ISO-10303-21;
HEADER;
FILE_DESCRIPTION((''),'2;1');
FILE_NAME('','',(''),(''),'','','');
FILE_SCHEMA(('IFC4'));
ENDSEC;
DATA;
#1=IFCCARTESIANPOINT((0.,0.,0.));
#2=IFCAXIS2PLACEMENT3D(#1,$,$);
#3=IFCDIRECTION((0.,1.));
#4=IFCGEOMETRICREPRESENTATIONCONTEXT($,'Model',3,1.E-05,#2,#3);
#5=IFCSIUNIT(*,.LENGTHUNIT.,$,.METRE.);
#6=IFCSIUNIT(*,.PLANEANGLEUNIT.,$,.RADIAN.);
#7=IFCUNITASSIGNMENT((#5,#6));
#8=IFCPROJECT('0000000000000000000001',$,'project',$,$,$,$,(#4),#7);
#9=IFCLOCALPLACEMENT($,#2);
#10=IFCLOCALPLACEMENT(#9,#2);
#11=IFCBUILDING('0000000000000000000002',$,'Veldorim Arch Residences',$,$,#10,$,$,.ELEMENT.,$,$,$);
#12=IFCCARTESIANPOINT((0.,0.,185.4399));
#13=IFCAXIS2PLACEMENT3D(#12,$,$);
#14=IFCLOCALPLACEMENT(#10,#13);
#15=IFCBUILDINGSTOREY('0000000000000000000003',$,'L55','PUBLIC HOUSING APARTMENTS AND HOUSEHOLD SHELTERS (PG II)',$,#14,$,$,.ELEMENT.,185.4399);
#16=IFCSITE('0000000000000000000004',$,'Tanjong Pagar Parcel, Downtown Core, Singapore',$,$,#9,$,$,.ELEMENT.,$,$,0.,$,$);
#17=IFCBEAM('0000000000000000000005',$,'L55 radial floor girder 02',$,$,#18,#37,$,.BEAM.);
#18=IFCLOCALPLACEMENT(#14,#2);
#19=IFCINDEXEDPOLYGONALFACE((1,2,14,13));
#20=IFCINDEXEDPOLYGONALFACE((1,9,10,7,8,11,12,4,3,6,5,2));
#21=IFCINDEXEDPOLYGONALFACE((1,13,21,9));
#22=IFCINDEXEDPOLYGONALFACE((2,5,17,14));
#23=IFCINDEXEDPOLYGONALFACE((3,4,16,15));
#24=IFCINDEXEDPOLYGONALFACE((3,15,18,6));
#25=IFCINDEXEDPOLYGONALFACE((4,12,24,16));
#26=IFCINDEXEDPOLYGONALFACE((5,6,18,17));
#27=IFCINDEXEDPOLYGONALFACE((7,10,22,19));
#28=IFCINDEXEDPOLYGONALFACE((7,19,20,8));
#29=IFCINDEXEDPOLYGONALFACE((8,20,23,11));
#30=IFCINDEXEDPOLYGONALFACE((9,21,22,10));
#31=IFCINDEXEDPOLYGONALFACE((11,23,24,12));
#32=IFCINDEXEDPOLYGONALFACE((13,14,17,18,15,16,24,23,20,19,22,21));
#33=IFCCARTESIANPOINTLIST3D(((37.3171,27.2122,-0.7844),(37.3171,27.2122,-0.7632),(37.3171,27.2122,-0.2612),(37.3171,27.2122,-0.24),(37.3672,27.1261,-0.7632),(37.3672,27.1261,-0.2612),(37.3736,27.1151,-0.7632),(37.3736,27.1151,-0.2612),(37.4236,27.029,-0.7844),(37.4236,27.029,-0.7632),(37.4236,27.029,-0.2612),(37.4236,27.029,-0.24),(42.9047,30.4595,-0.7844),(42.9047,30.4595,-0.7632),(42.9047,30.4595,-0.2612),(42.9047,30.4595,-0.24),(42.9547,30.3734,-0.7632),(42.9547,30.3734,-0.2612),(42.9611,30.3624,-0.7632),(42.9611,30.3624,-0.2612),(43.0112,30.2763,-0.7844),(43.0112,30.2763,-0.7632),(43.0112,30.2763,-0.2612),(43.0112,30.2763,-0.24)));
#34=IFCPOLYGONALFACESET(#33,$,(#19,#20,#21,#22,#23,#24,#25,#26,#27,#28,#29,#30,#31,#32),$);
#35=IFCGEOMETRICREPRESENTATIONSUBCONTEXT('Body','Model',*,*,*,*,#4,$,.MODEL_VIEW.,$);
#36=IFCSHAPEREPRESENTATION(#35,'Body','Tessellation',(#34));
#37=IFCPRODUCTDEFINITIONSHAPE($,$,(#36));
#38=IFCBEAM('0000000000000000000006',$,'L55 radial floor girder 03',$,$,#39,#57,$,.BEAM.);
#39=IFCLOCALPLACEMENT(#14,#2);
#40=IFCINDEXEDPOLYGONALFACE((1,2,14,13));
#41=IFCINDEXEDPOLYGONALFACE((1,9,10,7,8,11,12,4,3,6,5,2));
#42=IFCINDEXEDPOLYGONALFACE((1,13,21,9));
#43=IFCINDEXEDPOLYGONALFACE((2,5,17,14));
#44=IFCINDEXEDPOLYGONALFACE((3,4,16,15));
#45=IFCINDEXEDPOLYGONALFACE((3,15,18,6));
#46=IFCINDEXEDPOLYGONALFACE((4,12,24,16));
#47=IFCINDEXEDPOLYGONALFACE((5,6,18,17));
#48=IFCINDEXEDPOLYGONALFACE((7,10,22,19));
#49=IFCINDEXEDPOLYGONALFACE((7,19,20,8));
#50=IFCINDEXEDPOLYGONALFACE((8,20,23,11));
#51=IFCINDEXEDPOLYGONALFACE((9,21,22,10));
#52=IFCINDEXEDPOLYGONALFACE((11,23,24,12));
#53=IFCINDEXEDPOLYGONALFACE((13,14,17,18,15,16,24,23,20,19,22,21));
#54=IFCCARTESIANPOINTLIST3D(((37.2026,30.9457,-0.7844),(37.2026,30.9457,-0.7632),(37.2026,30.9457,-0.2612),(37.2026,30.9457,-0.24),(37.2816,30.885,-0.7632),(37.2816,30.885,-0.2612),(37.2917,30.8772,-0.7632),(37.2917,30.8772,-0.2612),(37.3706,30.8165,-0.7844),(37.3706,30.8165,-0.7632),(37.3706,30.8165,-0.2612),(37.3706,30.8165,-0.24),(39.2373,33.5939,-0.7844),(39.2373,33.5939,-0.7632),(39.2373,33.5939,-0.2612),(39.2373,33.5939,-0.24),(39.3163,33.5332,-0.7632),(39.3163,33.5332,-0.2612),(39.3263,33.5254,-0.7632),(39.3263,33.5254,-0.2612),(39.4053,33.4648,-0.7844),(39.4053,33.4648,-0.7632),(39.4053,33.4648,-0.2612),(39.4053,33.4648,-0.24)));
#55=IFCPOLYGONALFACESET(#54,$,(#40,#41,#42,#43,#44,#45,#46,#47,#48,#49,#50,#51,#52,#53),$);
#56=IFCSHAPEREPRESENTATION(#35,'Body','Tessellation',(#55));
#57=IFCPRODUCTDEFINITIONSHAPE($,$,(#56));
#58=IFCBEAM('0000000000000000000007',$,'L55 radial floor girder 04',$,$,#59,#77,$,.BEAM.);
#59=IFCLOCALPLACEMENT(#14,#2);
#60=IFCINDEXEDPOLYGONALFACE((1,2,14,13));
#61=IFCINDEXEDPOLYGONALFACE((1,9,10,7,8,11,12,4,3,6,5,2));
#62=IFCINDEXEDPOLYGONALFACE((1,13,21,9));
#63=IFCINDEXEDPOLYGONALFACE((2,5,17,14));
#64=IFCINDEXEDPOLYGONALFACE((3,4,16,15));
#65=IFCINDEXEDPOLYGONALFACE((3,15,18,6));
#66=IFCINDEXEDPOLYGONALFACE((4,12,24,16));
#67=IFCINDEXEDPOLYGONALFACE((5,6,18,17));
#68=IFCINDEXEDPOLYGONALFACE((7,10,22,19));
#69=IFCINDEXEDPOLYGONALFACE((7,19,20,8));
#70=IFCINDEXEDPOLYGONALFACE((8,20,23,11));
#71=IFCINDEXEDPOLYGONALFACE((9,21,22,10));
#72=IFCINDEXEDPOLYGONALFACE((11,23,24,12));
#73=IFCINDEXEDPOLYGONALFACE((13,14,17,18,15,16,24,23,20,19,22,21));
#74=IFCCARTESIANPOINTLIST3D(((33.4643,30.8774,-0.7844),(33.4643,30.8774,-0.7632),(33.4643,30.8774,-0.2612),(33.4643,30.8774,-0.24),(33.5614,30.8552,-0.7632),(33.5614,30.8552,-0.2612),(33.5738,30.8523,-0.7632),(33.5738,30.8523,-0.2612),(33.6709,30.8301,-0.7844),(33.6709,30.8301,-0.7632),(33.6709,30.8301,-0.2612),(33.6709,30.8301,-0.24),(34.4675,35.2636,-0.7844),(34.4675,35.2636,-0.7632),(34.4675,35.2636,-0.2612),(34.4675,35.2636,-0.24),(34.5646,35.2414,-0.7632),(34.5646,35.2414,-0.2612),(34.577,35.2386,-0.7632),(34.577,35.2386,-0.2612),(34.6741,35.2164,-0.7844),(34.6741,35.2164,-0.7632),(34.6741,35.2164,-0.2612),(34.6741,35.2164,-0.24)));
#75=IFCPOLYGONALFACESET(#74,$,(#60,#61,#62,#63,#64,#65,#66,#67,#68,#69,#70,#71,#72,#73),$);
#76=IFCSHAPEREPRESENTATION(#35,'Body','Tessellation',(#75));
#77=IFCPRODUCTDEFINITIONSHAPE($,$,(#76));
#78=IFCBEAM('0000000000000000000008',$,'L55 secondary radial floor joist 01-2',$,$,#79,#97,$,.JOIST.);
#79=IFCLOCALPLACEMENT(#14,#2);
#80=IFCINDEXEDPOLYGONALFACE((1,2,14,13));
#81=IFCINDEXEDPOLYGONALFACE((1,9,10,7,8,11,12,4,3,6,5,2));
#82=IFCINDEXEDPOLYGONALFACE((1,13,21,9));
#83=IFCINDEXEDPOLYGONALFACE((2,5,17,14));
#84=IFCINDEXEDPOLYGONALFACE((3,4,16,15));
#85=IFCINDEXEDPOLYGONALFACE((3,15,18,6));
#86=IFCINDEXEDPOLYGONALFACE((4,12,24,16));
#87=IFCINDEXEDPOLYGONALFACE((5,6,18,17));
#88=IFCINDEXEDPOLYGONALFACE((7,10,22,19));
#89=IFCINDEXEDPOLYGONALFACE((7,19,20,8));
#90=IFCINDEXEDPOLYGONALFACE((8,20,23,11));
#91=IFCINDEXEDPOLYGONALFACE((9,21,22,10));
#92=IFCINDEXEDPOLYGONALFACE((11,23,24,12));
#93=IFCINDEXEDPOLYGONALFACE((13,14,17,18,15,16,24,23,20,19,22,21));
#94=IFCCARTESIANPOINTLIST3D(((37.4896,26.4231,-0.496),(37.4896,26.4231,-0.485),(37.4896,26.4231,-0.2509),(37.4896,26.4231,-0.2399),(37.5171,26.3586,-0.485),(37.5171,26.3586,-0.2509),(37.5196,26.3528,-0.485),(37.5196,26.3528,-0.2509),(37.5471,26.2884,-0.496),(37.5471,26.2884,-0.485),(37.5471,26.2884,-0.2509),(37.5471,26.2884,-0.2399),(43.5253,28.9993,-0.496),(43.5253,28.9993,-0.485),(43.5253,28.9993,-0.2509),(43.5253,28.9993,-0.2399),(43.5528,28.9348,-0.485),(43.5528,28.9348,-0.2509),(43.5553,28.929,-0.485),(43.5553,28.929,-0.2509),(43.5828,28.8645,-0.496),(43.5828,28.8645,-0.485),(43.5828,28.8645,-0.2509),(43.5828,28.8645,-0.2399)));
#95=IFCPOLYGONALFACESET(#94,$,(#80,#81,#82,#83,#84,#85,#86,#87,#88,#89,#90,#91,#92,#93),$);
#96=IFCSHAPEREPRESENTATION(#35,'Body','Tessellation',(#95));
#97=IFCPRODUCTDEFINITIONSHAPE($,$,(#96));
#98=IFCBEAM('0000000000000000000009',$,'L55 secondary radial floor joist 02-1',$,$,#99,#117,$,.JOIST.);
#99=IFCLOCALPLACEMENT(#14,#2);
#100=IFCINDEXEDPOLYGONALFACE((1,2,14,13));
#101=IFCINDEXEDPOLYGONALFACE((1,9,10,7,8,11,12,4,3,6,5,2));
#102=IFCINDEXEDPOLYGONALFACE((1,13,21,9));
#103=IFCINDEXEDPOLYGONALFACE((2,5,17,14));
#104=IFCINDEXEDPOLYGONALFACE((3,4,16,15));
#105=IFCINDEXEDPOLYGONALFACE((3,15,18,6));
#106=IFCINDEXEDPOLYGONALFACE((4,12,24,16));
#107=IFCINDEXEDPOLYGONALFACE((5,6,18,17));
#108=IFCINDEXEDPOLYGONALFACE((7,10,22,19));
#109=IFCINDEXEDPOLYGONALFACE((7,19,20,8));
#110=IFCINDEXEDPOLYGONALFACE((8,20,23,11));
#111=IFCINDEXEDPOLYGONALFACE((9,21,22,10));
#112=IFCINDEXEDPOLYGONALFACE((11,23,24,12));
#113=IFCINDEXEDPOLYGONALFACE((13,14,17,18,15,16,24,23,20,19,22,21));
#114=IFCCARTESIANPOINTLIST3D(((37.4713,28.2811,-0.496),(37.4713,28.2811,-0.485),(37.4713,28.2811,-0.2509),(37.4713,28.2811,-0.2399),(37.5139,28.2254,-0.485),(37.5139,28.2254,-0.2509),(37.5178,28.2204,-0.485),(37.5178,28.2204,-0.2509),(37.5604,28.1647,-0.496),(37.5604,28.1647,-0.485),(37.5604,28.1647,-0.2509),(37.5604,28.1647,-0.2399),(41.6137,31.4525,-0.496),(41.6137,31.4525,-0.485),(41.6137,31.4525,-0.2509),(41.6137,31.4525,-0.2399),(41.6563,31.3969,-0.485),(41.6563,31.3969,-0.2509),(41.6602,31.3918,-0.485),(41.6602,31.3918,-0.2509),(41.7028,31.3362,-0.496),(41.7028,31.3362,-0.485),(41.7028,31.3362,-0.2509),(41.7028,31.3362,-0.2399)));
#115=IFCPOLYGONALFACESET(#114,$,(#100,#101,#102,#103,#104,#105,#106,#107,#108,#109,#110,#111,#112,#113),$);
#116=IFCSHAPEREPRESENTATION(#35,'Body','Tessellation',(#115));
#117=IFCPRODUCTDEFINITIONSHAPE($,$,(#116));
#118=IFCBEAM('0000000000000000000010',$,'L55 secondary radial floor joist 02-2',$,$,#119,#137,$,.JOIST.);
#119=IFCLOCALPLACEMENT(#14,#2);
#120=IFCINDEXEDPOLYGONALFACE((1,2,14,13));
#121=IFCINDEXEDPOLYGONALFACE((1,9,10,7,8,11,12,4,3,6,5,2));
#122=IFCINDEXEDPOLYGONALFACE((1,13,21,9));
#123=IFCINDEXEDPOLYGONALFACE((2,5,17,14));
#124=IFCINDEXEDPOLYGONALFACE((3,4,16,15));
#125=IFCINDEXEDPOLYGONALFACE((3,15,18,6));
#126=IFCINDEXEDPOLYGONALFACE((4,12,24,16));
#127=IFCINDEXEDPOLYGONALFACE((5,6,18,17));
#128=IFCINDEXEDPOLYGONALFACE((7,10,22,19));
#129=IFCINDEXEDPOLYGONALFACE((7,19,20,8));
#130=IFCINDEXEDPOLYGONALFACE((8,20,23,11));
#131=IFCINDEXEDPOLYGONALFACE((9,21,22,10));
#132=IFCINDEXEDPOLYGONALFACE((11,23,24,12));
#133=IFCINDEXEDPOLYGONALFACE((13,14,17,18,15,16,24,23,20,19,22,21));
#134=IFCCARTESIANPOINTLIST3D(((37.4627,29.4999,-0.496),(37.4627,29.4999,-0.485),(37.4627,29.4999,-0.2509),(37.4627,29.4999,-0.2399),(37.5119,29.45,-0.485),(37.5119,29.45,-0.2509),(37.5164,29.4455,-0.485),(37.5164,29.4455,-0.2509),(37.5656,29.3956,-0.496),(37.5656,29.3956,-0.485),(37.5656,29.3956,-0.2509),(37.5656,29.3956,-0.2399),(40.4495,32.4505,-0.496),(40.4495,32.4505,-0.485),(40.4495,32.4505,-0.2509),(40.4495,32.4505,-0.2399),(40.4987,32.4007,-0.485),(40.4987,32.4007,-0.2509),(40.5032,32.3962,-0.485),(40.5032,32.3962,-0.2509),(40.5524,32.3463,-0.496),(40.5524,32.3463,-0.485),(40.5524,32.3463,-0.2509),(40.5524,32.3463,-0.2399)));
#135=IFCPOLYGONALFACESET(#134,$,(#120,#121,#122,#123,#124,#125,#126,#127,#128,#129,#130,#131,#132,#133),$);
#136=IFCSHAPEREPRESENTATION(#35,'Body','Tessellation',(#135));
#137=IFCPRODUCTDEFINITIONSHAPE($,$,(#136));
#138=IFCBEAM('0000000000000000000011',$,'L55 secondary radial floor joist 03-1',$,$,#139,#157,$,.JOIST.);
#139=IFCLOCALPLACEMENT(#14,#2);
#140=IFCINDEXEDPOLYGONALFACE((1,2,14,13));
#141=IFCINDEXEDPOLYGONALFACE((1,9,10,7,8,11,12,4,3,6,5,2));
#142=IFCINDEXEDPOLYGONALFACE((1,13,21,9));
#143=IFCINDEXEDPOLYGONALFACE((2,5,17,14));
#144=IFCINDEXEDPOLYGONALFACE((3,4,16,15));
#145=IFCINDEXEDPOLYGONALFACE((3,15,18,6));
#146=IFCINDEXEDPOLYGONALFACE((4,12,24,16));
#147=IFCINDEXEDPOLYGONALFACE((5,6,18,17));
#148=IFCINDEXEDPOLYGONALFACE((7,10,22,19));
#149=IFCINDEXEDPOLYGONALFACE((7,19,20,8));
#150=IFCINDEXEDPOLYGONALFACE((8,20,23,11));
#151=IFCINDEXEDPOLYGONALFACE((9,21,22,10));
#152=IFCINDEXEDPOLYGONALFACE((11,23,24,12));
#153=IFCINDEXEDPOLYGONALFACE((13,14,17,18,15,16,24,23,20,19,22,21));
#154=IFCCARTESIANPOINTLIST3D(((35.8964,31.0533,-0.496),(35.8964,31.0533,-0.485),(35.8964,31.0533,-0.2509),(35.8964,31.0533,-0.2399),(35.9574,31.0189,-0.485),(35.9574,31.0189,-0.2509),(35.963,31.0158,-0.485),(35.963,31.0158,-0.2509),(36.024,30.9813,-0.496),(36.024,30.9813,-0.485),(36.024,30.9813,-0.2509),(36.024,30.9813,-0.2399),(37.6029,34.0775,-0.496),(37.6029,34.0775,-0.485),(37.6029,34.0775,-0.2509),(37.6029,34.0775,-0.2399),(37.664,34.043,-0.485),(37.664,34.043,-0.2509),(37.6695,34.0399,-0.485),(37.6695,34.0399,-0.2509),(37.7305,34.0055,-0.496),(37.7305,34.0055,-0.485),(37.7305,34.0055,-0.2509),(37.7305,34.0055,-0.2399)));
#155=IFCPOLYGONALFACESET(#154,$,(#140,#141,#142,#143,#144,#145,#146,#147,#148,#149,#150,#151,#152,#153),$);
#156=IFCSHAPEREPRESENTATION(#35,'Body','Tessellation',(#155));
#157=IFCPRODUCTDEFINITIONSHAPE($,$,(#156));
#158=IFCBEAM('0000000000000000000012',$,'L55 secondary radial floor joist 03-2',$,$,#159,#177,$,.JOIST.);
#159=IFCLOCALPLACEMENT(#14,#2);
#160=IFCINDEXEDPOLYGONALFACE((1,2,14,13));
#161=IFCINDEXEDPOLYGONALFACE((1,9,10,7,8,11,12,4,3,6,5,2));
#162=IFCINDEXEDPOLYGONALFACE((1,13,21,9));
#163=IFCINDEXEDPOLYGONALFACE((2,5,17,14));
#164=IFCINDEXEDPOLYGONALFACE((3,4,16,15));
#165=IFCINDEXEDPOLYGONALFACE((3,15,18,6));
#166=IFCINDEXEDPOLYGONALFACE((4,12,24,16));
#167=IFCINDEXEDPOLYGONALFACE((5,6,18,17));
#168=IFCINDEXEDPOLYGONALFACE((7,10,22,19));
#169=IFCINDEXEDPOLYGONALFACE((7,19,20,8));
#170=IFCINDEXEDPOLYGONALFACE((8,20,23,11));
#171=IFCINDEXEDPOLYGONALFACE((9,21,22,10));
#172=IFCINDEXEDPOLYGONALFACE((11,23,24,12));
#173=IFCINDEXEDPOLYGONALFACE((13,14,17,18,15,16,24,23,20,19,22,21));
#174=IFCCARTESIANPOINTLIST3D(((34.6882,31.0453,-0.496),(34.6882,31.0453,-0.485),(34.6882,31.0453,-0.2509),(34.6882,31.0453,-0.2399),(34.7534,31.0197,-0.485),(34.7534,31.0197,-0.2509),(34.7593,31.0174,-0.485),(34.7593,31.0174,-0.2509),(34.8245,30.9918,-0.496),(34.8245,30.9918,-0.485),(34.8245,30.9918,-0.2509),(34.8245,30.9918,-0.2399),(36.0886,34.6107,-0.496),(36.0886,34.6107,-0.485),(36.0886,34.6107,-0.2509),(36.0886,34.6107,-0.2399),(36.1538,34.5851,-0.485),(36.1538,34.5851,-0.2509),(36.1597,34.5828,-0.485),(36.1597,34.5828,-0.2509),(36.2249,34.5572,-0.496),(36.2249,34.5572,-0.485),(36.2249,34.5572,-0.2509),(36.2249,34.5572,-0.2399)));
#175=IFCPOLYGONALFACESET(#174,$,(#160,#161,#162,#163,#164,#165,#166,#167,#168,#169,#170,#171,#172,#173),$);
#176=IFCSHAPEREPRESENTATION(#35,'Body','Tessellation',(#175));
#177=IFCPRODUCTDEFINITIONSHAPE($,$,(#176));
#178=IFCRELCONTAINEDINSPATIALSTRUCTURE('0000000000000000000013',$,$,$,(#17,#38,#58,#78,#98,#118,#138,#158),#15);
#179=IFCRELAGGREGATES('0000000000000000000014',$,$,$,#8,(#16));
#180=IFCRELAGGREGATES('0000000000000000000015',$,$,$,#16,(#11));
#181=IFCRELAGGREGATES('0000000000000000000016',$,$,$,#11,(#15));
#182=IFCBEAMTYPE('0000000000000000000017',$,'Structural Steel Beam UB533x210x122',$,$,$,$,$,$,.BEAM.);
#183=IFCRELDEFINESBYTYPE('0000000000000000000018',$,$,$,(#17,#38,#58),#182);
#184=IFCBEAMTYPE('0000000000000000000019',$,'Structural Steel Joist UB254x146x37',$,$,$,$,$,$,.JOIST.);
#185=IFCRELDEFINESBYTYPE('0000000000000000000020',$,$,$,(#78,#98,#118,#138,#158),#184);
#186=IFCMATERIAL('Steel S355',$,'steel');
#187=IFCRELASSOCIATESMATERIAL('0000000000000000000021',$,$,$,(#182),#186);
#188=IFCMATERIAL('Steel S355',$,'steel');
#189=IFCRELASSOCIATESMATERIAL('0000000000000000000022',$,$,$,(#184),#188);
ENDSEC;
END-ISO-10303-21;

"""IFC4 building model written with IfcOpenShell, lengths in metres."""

from ifc_helpers import new_model, si_unit, direction, frame, origin, origin_2d, place, context, subcontext, project, spatial, i_section, extrude, material, material_profile, profile_set, type_object, element, save


model = new_model("IFC4")

# Units and contexts
model_context = context("Model", 3, precision=1e-05, world=origin(), true_north=direction((0.0, 1.0)))
body_context = subcontext(model_context, "Body", "Model", "MODEL_VIEW")
ifc_project = project(units=[si_unit("LENGTHUNIT", "METRE"), si_unit("PLANEANGLEUNIT", "RADIAN")], contexts=[model_context])

# Site, building, storey
site_placement = place(None, origin())
site = spatial("IfcSite", under=ifc_project, at=site_placement, Name="Tanjong Pagar Parcel, Downtown Core, Singapore", CompositionType="ELEMENT", RefElevation=0.0)
building_placement = place(site_placement, origin())
building = spatial("IfcBuilding", under=site, at=building_placement, Name="Veldorim Arch Residences", CompositionType="ELEMENT")
storey_placement = place(building_placement, frame((0.0, 0.0, 185.4399)))
storey = spatial("IfcBuildingStorey", under=building, at=storey_placement, Name="L55", Description="PUBLIC HOUSING APARTMENTS AND HOUSEHOLD SHELTERS (PG II)", CompositionType="ELEMENT", Elevation=185.4399)

# Beams
ifc_material_1 = material(Name="Steel S355", Category="steel")
ifc_material_profile_1 = material_profile(ifc_material_1, i_section(OverallWidth=0.2119, OverallDepth=0.5444, WebThickness=0.0127, FlangeThickness=0.0212, at=origin_2d()), Name="UB533x210x122")
ifc_profile_set_1 = profile_set([ifc_material_profile_1], Name="Steel S355")
beam_type_1 = type_object("IfcBeamType", Name="Structural Steel Beam UB533x210x122", PredefinedType="BEAM", material=ifc_profile_set_1)
beam_1_placement = place(storey_placement, frame((37.3704, 27.1206, -0.5122), z_axis=(0.864596, 0.502468, 0.0), x_axis=(-0.502468, 0.864596, 0.0)))
element("IfcBeam", 1, at=beam_1_placement, inside=storey, type_object=beam_type_1, Name="L55 radial floor girder 02", PredefinedType="BEAM", context=body_context, shape_type="SweptSolid", body=[
    extrude(i_section(OverallWidth=0.2119, OverallDepth=0.5444, WebThickness=0.0127, FlangeThickness=0.0212, at=origin_2d()), origin(), (0.0, 0.0, 1.0), 6.4626),
])
beam_2_placement = place(storey_placement, frame((37.2866, 30.8811, -0.5122), z_axis=(0.609258, 0.792972, 0.0), x_axis=(-0.792972, 0.609258, 0.0)))
element("IfcBeam", 2, at=beam_2_placement, inside=storey, type_object=beam_type_1, Name="L55 radial floor girder 03", PredefinedType="BEAM", context=body_context, shape_type="SweptSolid", body=[
    extrude(i_section(OverallWidth=0.2119, OverallDepth=0.5444, WebThickness=0.0127, FlangeThickness=0.0212, at=origin_2d()), origin(), (0.0, 0.0, 1.0), 3.3396),
])
beam_3_placement = place(storey_placement, frame((33.5676, 30.8538, -0.5122), z_axis=(0.222953, 0.974829, 0.0), x_axis=(-0.974829, 0.222953, 0.0)))
element("IfcBeam", 3, at=beam_3_placement, inside=storey, type_object=beam_type_1, Name="L55 radial floor girder 04", PredefinedType="BEAM", context=body_context, shape_type="SweptSolid", body=[
    extrude(i_section(OverallWidth=0.2119, OverallDepth=0.5444, WebThickness=0.0127, FlangeThickness=0.0212, at=origin_2d()), origin(), (0.0, 0.0, 1.0), 4.4995),
])
ifc_material_2 = material(Name="Steel S355", Category="steel")
ifc_material_profile_2 = material_profile(ifc_material_2, i_section(OverallWidth=0.1465, OverallDepth=0.2561, WebThickness=0.0063, FlangeThickness=0.011, at=origin_2d()), Name="UB254x146x37")
ifc_profile_set_2 = profile_set([ifc_material_profile_2], Name="Steel S355")
beam_type_2 = type_object("IfcBeamType", Name="Structural Steel Joist UB254x146x37", PredefinedType="JOIST", material=ifc_profile_set_2)
beam_4_placement = place(storey_placement, frame((37.5183, 26.3557, -0.3679), z_axis=(0.919725, 0.392563, 0.0), x_axis=(-0.392563, 0.919725, 0.0)))
element("IfcBeam", 4, at=beam_4_placement, inside=storey, type_object=beam_type_2, Name="L55 secondary radial floor joist 01-2", PredefinedType="JOIST", context=body_context, shape_type="SweptSolid", body=[
    extrude(i_section(OverallWidth=0.1465, OverallDepth=0.2561, WebThickness=0.0063, FlangeThickness=0.011, at=origin_2d()), origin(), (0.0, 0.0, 1.0), 6.5625),
])
beam_5_placement = place(storey_placement, frame((37.5159, 28.2229, -0.3679), z_axis=(0.794014, 0.6079, 0.0), x_axis=(-0.6079, 0.794014, 0.0)))
element("IfcBeam", 5, at=beam_5_placement, inside=storey, type_object=beam_type_2, Name="L55 secondary radial floor joist 02-1", PredefinedType="JOIST", context=body_context, shape_type="SweptSolid", body=[
    extrude(i_section(OverallWidth=0.1465, OverallDepth=0.2561, WebThickness=0.0063, FlangeThickness=0.011, at=origin_2d()), origin(), (0.0, 0.0, 1.0), 5.217),
])
beam_6_placement = place(storey_placement, frame((37.5142, 29.4478, -0.3679), z_axis=(0.711397, 0.702791, 0.0), x_axis=(-0.702791, 0.711397, 0.0)))
element("IfcBeam", 6, at=beam_6_placement, inside=storey, type_object=beam_type_2, Name="L55 secondary radial floor joist 02-2", PredefinedType="JOIST", context=body_context, shape_type="SweptSolid", body=[
    extrude(i_section(OverallWidth=0.1465, OverallDepth=0.2561, WebThickness=0.0063, FlangeThickness=0.011, at=origin_2d()), origin(), (0.0, 0.0, 1.0), 4.1985),
])
beam_7_placement = place(storey_placement, frame((35.9602, 31.0173, -0.3679), z_axis=(0.491452, 0.870904, 0.0), x_axis=(-0.870904, 0.491452, 0.0)))
element("IfcBeam", 7, at=beam_7_placement, inside=storey, type_object=beam_type_2, Name="L55 secondary radial floor joist 03-1", PredefinedType="JOIST", context=body_context, shape_type="SweptSolid", body=[
    extrude(i_section(OverallWidth=0.1465, OverallDepth=0.2561, WebThickness=0.0063, FlangeThickness=0.011, at=origin_2d()), origin(), (0.0, 0.0, 1.0), 3.4724),
])
beam_8_placement = place(storey_placement, frame((34.7563, 31.0186, -0.3679), z_axis=(0.365581, 0.930779, 0.0), x_axis=(-0.930779, 0.365581, 0.0)))
element("IfcBeam", 8, at=beam_8_placement, inside=storey, type_object=beam_type_2, Name="L55 secondary radial floor joist 03-2", PredefinedType="JOIST", context=body_context, shape_type="SweptSolid", body=[
    extrude(i_section(OverallWidth=0.1465, OverallDepth=0.2561, WebThickness=0.0063, FlangeThickness=0.011, at=origin_2d()), origin(), (0.0, 0.0, 1.0), 3.8306),
])

save(model, "model.ifc")
